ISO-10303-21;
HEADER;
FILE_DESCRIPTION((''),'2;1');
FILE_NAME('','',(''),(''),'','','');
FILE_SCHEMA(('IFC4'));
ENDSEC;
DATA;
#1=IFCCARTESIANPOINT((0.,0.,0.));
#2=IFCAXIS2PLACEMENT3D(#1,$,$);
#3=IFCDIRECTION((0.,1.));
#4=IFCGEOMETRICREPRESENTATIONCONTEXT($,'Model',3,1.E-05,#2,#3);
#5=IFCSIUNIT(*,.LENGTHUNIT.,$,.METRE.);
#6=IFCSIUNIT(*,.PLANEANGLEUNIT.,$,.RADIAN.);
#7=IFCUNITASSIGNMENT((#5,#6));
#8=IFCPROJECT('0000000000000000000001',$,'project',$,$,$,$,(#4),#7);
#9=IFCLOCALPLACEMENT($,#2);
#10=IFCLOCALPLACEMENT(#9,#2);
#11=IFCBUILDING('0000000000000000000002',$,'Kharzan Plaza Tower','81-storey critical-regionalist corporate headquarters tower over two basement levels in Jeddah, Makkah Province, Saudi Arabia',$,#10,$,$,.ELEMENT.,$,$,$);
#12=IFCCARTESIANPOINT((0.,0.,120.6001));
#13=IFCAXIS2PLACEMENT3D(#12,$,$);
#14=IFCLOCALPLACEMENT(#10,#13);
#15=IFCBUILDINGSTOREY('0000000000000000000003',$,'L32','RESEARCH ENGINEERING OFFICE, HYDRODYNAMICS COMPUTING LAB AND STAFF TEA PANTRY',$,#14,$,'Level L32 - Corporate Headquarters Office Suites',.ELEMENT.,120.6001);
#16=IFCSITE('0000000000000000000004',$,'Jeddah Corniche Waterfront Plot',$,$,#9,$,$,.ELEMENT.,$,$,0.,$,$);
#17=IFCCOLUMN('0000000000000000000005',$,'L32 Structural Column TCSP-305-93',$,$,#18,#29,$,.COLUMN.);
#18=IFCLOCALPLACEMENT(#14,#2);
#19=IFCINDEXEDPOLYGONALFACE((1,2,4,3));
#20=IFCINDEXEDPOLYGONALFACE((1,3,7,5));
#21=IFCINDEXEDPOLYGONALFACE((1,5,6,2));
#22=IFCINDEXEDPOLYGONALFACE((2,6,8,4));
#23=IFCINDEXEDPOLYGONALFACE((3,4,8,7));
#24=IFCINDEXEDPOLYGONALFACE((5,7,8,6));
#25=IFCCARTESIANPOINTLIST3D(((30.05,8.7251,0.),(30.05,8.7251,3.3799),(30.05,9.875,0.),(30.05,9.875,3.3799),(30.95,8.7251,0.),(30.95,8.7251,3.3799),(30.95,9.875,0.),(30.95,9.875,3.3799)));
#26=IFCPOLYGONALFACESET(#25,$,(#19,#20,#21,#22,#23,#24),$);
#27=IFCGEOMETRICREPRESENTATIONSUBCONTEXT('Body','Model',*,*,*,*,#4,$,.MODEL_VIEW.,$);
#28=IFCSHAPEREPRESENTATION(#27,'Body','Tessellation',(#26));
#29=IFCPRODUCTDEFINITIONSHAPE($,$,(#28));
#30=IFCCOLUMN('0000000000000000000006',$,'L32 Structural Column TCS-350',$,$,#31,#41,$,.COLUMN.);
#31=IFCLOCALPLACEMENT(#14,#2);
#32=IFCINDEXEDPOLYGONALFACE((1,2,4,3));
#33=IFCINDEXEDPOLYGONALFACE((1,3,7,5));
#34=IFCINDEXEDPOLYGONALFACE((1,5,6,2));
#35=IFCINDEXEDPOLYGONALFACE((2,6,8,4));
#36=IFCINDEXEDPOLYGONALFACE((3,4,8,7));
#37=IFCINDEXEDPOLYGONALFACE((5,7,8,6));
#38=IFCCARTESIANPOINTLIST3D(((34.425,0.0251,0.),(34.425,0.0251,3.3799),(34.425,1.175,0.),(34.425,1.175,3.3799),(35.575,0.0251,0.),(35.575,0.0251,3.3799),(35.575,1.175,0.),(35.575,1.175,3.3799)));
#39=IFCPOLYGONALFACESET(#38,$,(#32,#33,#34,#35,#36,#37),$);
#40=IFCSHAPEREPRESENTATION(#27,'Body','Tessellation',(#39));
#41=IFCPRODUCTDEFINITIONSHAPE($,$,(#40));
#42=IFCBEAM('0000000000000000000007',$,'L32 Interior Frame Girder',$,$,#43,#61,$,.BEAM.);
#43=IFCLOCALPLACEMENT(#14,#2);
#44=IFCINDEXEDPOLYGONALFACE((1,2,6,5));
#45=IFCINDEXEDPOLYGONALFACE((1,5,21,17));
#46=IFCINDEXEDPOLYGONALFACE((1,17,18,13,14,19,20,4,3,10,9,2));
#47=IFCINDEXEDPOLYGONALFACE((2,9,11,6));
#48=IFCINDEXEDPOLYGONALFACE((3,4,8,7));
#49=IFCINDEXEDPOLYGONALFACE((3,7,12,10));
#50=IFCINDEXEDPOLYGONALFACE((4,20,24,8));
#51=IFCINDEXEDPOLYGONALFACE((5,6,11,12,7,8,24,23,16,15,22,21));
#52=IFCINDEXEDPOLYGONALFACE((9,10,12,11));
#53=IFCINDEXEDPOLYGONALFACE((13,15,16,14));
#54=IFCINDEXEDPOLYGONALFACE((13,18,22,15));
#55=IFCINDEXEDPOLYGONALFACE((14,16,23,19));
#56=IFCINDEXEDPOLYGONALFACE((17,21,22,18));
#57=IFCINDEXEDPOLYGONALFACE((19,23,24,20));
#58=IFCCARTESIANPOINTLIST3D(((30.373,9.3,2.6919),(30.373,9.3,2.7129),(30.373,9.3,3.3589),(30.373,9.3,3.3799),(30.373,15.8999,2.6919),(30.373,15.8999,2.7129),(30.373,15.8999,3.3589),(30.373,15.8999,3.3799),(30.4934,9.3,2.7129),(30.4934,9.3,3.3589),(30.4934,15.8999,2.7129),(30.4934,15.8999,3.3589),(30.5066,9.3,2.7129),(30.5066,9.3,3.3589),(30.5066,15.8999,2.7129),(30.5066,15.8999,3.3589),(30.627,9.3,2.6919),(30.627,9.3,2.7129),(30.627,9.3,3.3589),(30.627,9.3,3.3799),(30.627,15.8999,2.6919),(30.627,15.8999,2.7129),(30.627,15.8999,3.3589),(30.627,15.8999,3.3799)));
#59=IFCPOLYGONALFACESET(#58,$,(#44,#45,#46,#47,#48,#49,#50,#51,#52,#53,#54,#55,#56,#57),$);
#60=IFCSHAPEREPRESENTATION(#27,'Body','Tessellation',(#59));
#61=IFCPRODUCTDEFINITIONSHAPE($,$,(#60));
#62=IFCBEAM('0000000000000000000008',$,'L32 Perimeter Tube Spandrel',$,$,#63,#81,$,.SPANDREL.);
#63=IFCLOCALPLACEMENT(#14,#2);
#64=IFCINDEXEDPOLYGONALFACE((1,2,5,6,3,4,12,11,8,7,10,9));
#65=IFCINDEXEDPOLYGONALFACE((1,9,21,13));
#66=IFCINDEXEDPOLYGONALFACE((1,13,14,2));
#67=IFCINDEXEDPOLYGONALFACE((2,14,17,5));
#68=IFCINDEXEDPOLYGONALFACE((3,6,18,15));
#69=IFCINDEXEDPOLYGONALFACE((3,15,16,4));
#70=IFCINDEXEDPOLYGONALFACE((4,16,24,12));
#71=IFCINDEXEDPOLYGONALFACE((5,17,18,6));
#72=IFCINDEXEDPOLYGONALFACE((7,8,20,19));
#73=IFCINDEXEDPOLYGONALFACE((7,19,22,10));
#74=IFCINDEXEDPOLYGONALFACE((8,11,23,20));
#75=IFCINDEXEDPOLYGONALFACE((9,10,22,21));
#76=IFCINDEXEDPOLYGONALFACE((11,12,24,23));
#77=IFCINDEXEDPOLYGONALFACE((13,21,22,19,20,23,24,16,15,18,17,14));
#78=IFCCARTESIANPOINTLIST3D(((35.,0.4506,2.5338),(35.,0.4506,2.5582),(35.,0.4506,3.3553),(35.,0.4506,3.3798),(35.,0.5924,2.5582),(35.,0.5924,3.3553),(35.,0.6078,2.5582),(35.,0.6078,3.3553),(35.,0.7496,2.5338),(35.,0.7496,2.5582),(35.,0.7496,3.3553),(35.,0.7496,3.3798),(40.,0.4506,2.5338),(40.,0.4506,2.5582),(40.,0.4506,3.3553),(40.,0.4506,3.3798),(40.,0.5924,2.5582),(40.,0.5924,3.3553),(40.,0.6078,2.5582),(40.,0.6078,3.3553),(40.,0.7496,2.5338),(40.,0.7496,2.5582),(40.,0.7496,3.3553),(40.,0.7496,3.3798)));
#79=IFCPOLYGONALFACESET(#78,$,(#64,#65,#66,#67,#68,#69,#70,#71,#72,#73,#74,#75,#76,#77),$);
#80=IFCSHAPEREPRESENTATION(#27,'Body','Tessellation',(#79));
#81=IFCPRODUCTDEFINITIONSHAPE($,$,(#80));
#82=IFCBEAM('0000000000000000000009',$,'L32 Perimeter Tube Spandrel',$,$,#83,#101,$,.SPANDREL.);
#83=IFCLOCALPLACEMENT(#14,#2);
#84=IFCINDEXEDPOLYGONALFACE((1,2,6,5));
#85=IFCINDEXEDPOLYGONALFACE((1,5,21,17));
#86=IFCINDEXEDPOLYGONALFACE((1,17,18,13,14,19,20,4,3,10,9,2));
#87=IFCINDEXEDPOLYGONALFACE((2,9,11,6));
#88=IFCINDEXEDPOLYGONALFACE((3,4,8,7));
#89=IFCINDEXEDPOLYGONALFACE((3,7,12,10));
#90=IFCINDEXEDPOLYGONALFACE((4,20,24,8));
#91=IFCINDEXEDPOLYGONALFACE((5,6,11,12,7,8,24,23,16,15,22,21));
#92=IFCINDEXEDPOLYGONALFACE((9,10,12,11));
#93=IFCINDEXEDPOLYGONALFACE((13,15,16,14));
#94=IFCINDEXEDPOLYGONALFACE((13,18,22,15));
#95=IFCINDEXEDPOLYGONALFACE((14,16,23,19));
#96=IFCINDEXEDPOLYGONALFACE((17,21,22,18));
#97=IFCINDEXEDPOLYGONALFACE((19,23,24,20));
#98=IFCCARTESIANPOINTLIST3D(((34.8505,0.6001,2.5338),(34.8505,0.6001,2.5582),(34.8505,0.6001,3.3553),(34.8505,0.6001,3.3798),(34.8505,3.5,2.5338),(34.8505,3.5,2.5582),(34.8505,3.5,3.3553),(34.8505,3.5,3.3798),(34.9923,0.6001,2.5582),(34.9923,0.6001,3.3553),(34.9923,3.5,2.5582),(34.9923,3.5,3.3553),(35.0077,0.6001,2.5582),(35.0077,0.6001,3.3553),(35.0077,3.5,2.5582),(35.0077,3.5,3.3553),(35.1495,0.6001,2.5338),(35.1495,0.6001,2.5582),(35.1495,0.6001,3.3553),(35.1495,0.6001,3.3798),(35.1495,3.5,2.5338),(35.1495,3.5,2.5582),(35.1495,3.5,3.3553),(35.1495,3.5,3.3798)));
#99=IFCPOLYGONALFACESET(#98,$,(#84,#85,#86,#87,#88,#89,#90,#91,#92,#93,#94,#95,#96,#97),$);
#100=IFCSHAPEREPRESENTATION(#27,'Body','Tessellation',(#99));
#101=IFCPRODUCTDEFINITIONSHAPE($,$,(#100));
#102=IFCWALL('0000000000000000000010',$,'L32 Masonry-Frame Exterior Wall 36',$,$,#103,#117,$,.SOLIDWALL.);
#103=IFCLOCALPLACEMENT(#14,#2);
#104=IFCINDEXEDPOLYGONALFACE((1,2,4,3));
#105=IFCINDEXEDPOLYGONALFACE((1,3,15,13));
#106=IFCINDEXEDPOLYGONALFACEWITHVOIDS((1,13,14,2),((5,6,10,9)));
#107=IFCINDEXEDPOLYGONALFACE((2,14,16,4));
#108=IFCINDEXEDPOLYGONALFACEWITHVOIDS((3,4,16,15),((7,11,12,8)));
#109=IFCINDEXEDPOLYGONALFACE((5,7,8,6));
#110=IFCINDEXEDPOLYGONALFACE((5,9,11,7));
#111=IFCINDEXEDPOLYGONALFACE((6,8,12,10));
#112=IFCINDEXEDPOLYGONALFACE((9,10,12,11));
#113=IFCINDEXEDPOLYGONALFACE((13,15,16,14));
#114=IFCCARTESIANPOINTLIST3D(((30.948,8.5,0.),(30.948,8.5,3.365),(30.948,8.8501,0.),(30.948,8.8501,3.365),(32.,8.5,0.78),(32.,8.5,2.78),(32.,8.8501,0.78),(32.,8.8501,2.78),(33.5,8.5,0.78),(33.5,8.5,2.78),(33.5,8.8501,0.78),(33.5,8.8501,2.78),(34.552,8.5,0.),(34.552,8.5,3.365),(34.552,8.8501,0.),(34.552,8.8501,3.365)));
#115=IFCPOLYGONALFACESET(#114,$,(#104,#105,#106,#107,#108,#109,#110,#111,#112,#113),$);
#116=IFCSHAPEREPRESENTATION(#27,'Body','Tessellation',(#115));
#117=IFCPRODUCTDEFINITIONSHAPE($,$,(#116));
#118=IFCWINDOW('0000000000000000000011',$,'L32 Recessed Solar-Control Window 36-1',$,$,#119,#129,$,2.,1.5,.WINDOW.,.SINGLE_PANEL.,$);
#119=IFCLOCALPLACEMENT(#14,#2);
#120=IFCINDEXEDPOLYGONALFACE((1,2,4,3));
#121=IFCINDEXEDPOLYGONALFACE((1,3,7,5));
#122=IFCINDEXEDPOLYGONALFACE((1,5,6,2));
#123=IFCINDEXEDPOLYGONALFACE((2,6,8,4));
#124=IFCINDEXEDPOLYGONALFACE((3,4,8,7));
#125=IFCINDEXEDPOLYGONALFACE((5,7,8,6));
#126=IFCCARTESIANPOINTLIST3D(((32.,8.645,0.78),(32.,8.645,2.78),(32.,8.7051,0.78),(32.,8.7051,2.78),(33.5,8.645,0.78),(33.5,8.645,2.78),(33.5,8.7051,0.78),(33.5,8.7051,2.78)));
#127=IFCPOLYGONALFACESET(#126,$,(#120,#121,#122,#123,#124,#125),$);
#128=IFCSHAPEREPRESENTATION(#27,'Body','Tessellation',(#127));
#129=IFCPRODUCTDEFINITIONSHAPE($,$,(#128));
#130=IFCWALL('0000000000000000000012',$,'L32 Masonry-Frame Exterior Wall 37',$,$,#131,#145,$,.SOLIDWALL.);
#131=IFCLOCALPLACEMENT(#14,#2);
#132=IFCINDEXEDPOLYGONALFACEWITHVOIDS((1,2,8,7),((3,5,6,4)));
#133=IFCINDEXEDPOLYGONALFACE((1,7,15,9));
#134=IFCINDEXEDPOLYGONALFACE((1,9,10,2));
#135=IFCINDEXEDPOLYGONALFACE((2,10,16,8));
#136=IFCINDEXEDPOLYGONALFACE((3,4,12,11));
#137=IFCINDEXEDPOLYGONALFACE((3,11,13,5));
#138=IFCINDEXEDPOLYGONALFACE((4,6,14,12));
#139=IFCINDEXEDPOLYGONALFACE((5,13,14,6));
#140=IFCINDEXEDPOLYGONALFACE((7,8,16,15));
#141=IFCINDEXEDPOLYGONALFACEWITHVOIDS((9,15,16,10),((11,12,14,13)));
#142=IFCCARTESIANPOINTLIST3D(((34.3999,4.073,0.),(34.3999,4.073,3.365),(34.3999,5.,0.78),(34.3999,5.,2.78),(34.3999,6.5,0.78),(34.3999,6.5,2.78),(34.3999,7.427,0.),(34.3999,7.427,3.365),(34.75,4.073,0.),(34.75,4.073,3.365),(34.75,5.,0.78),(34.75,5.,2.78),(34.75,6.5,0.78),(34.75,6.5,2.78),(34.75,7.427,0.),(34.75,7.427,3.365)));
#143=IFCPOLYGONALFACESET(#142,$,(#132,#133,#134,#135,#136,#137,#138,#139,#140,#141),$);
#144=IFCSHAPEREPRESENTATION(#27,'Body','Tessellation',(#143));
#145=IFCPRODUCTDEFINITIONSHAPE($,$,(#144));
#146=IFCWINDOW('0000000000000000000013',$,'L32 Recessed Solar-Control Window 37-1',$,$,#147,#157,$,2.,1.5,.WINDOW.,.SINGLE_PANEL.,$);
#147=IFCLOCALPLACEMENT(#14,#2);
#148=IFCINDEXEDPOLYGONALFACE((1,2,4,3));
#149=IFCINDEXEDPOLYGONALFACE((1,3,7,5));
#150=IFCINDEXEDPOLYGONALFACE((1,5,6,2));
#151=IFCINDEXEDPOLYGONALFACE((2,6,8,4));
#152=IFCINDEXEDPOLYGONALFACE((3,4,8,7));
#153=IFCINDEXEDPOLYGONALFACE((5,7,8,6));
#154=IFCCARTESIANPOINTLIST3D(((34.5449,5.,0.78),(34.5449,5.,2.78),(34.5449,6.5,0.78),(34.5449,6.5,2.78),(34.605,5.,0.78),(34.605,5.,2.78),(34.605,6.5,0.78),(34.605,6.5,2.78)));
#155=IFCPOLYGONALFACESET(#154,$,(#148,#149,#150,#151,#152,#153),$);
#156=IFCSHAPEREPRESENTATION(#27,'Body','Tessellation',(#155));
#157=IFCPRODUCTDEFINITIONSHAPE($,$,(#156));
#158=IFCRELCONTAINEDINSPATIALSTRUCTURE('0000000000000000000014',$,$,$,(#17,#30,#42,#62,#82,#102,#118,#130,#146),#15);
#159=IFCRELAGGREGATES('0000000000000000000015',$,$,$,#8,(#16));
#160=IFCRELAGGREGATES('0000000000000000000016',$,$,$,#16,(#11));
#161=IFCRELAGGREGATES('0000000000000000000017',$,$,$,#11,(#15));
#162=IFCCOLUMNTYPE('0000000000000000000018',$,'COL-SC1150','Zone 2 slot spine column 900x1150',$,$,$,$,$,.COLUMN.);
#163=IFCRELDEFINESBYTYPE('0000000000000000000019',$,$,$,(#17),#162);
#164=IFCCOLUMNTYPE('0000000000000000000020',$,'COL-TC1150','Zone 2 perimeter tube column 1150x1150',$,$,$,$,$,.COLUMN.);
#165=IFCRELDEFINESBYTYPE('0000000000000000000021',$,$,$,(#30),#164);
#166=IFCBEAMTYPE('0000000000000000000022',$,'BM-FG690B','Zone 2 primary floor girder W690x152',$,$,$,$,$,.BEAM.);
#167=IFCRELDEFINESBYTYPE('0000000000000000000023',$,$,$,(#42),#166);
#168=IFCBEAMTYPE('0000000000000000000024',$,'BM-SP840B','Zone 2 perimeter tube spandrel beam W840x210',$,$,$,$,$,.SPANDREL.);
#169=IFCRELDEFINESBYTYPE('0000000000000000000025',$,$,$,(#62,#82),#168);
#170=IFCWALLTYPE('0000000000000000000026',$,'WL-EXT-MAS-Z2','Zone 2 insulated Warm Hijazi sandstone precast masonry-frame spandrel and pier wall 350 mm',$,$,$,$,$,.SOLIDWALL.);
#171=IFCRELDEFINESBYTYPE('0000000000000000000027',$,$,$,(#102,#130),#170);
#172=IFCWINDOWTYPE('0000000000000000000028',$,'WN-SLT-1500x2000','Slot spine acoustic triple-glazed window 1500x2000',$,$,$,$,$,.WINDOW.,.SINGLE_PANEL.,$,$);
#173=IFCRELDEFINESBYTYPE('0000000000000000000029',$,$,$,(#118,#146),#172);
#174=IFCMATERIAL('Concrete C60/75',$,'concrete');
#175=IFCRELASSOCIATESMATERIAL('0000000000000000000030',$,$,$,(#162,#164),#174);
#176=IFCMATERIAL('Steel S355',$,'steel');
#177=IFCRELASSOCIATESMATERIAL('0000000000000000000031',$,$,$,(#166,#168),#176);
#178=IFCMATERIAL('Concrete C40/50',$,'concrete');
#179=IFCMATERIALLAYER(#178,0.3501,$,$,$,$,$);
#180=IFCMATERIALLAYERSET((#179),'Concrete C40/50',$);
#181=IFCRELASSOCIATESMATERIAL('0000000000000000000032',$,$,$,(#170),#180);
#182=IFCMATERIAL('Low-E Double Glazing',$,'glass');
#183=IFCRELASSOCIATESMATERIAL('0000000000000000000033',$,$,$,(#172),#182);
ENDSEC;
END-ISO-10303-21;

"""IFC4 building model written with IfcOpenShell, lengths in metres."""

from ifc_helpers import new_model, si_unit, direction, frame, frame_2d, origin, origin_2d, place, context, subcontext, project, spatial, rectangle, i_section, extrude, source, transform, mapped, material, layer, layer_set, material_profile, profile_set, type_object, element, fill, save


model = new_model("IFC4")

# Units and contexts
model_context = context("Model", 3, precision=1e-05, world=origin(), true_north=direction((0.0, 1.0)))
body_context = subcontext(model_context, "Body", "Model", "MODEL_VIEW")
ifc_project = project(units=[si_unit("LENGTHUNIT", "METRE"), si_unit("PLANEANGLEUNIT", "RADIAN")], contexts=[model_context])

# Site, building, storey
site_placement = place(None, origin())
site = spatial("IfcSite", under=ifc_project, at=site_placement, Name="Jeddah Corniche Waterfront Plot", CompositionType="ELEMENT", RefElevation=0.0)
building_placement = place(site_placement, origin())
building = spatial("IfcBuilding", under=site, at=building_placement, Name="Kharzan Plaza Tower", Description="81-storey critical-regionalist corporate headquarters tower over two basement levels in Jeddah, Makkah Province, Saudi Arabia", CompositionType="ELEMENT")
storey_placement = place(building_placement, frame((0.0, 0.0, 120.6001)))
storey = spatial("IfcBuildingStorey", under=building, at=storey_placement, Name="L32", Description="RESEARCH ENGINEERING OFFICE, HYDRODYNAMICS COMPUTING LAB AND STAFF TEA PANTRY", LongName="Level L32 - Corporate Headquarters Office Suites", CompositionType="ELEMENT", Elevation=120.6001)

# Columns
ifc_material_1 = material(Name="Concrete C60/75", Category="concrete")
ifc_material_profile_1 = material_profile(ifc_material_1, rectangle(XDim=0.8999, YDim=1.1499, at=origin_2d()), Name="RC-SC1150x900")
ifc_profile_set_1 = profile_set([ifc_material_profile_1], Name="Concrete C60/75")
column_type_1 = type_object("IfcColumnType", Name="COL-SC1150", Description="Zone 2 slot spine column 900x1150", PredefinedType="COLUMN", material=ifc_profile_set_1)
shared_shape_1 = source(origin(), body_context, "Body", "SweptSolid", [
    extrude(rectangle(XDim=0.8999, YDim=1.1499, at=origin_2d()), origin(), (0.0, 0.0, 1.0), 3.3799),
])
column_1_placement = place(storey_placement, frame((30.5, 9.3, 0.0), z_axis=(0.0, 0.0, 1.0), x_axis=(1.0, 0.0, 0.0)))
element("IfcColumn", 1, at=column_1_placement, inside=storey, type_object=column_type_1, Name="L32 Structural Column TCSP-305-93", PredefinedType="COLUMN", context=body_context, shape_type="MappedRepresentation", body=[
    mapped(shared_shape_1, transform((0.0, 0.0, 0.0), x_axis=(1.0, 0.0, 0.0), y_axis=(0.0, 1.0, 0.0), z_axis=(0.0, 0.0, 1.0))),
])
ifc_material_profile_2 = material_profile(ifc_material_1, rectangle(XDim=1.1499, YDim=1.1499, at=origin_2d()), Name="RC-TC1150x1150")
ifc_profile_set_2 = profile_set([ifc_material_profile_2], Name="Concrete C60/75")
column_type_2 = type_object("IfcColumnType", Name="COL-TC1150", Description="Zone 2 perimeter tube column 1150x1150", PredefinedType="COLUMN", material=ifc_profile_set_2)
shared_shape_2 = source(origin(), body_context, "Body", "SweptSolid", [
    extrude(rectangle(XDim=1.1499, YDim=1.1499, at=origin_2d()), origin(), (0.0, 0.0, 1.0), 3.3799),
])
column_2_placement = place(storey_placement, frame((35.0, 0.6001, 0.0), z_axis=(0.0, 0.0, 1.0), x_axis=(1.0, 0.0, 0.0)))
element("IfcColumn", 2, at=column_2_placement, inside=storey, type_object=column_type_2, Name="L32 Structural Column TCS-350", PredefinedType="COLUMN", context=body_context, shape_type="MappedRepresentation", body=[
    mapped(shared_shape_2, transform((0.0, 0.0, 0.0), x_axis=(1.0, 0.0, 0.0), y_axis=(0.0, 1.0, 0.0), z_axis=(0.0, 0.0, 1.0))),
])

# Beams
ifc_material_2 = material(Name="Steel S355", Category="steel")
ifc_material_profile_3 = material_profile(ifc_material_2, i_section(OverallWidth=0.2539, OverallDepth=0.688, WebThickness=0.0132, FlangeThickness=0.021, at=origin_2d()), Name="W690x152")
ifc_profile_set_3 = profile_set([ifc_material_profile_3], Name="Steel S355")
beam_type_1 = type_object("IfcBeamType", Name="BM-FG690B", Description="Zone 2 primary floor girder W690x152", PredefinedType="BEAM", material=ifc_profile_set_3)
shared_shape_3 = source(origin(), body_context, "Body", "SweptSolid", [
    extrude(i_section(OverallWidth=0.2539, OverallDepth=0.688, WebThickness=0.0132, FlangeThickness=0.021, at=origin_2d()), origin(), (0.0, 0.0, 1.0), 6.5999),
])
beam_1_placement = place(storey_placement, frame((30.5, 9.3, 3.0359), z_axis=(0.0, 1.0, 0.0), x_axis=(-1.0, 0.0, 0.0)))
element("IfcBeam", 3, at=beam_1_placement, inside=storey, type_object=beam_type_1, Name="L32 Interior Frame Girder", PredefinedType="BEAM", context=body_context, shape_type="MappedRepresentation", body=[
    mapped(shared_shape_3, transform((0.0, 0.0, 0.0), x_axis=(1.0, 0.0, 0.0), y_axis=(0.0, 1.0, 0.0), z_axis=(0.0, 0.0, 1.0))),
])
ifc_material_profile_4 = material_profile(ifc_material_2, i_section(OverallWidth=0.2991, OverallDepth=0.8459, WebThickness=0.0154, FlangeThickness=0.0244, at=origin_2d()), Name="W840x210")
ifc_profile_set_4 = profile_set([ifc_material_profile_4], Name="Steel S355")
beam_type_2 = type_object("IfcBeamType", Name="BM-SP840B", Description="Zone 2 perimeter tube spandrel beam W840x210", PredefinedType="SPANDREL", material=ifc_profile_set_4)
shared_shape_4 = source(origin(), body_context, "Body", "SweptSolid", [
    extrude(i_section(OverallWidth=0.2991, OverallDepth=0.8459, WebThickness=0.0154, FlangeThickness=0.0244, at=origin_2d()), origin(), (0.0, 0.0, 1.0), 5.0),
])
beam_2_placement = place(storey_placement, frame((35.0, 0.6001, 2.9568), z_axis=(1.0, 0.0, 0.0), x_axis=(0.0, 1.0, 0.0)))
element("IfcBeam", 4, at=beam_2_placement, inside=storey, type_object=beam_type_2, Name="L32 Perimeter Tube Spandrel", PredefinedType="SPANDREL", context=body_context, shape_type="MappedRepresentation", body=[
    mapped(shared_shape_4, transform((0.0, 0.0, 0.0), x_axis=(1.0, 0.0, 0.0), y_axis=(0.0, 1.0, 0.0), z_axis=(0.0, 0.0, 1.0))),
])
shared_shape_5 = source(origin(), body_context, "Body", "SweptSolid", [
    extrude(i_section(OverallWidth=0.2991, OverallDepth=0.8459, WebThickness=0.0154, FlangeThickness=0.0244, at=origin_2d()), origin(), (0.0, 0.0, 1.0), 2.8999),
])
beam_3_placement = place(storey_placement, frame((35.0, 0.6001, 2.9568), z_axis=(0.0, 1.0, 0.0), x_axis=(-1.0, 0.0, 0.0)))
element("IfcBeam", 5, at=beam_3_placement, inside=storey, type_object=beam_type_2, Name="L32 Perimeter Tube Spandrel", PredefinedType="SPANDREL", context=body_context, shape_type="MappedRepresentation", body=[
    mapped(shared_shape_5, transform((0.0, 0.0, 0.0), x_axis=(1.0, 0.0, 0.0), y_axis=(0.0, 1.0, 0.0), z_axis=(0.0, 0.0, 1.0))),
])

# Walls, openings, windows
ifc_material_3 = material(Name="Concrete C40/50", Category="concrete")
ifc_layer_1 = layer(ifc_material_3, 0.3501)
ifc_layer_set_1 = layer_set([ifc_layer_1], Name="Concrete C40/50")
wall_type_1 = type_object("IfcWallType", Name="WL-EXT-MAS-Z2", Description="Zone 2 insulated Warm Hijazi sandstone precast masonry-frame spandrel and pier wall 350 mm", PredefinedType="SOLIDWALL", material=ifc_layer_set_1)
wall_1_placement = place(storey_placement, frame((30.948, 8.675, 0.0), z_axis=(0.0, 0.0, 1.0), x_axis=(1.0, 0.0, 0.0)))
wall_1 = element("IfcWall", 6, at=wall_1_placement, inside=storey, type_object=wall_type_1, Name="L32 Masonry-Frame Exterior Wall 36", PredefinedType="SOLIDWALL", context=body_context, shape_type="SweptSolid", body=[
    extrude(rectangle(XDim=3.604, YDim=0.3501, at=frame_2d((1.802, 0.0))), origin(), (0.0, 0.0, 1.0), 3.365),
])
opening_1_placement = place(wall_1_placement, frame((1.052, 0.0, 0.78)))
opening_1 = element("IfcOpeningElement", 7, at=opening_1_placement, cuts=wall_1, PredefinedType="OPENING", context=body_context, shape_type="SweptSolid", body=[
    extrude(rectangle(XDim=1.5, YDim=2.0, at=frame_2d((0.75, 1.0))), frame((0.0, 0.1851, 0.0), z_axis=(0.0, -1.0, 0.0), x_axis=(1.0, 0.0, 0.0)), (0.0, 0.0, 1.0), 0.3701),
])
ifc_material_4 = material(Name="Low-E Double Glazing", Category="glass")
window_type = type_object("IfcWindowType", Name="WN-SLT-1500x2000", Description="Slot spine acoustic triple-glazed window 1500x2000", PartitioningType="SINGLE_PANEL", PredefinedType="WINDOW", material=ifc_material_4)
shared_shape_6 = source(origin(), body_context, "Body", "SweptSolid", [
    extrude(rectangle(XDim=1.5, YDim=2.0, at=frame_2d((0.75, 1.0))), frame((0.0, 0.03, 0.0), z_axis=(0.0, -1.0, 0.0), x_axis=(1.0, 0.0, 0.0)), (0.0, 0.0, 1.0), 0.0601),
])
window_1_placement = place(opening_1_placement, origin())
window_1 = element("IfcWindow", 8, at=window_1_placement, inside=storey, type_object=window_type, Name="L32 Recessed Solar-Control Window 36-1", OverallHeight=2.0, OverallWidth=1.5, PartitioningType="SINGLE_PANEL", PredefinedType="WINDOW", context=body_context, shape_type="MappedRepresentation", body=[
    mapped(shared_shape_6, transform((0.0, 0.0, 0.0), x_axis=(1.0, 0.0, 0.0), y_axis=(0.0, 1.0, 0.0), z_axis=(0.0, 0.0, 1.0))),
])
fill(opening_1, window_1)
wall_2_placement = place(storey_placement, frame((34.575, 7.427, 0.0), z_axis=(0.0, 0.0, 1.0), x_axis=(0.0, -1.0, 0.0)))
wall_2 = element("IfcWall", 9, at=wall_2_placement, inside=storey, type_object=wall_type_1, Name="L32 Masonry-Frame Exterior Wall 37", PredefinedType="SOLIDWALL", context=body_context, shape_type="SweptSolid", body=[
    extrude(rectangle(XDim=3.354, YDim=0.3501, at=frame_2d((1.677, 0.0))), origin(), (0.0, 0.0, 1.0), 3.365),
])
opening_2_placement = place(wall_2_placement, frame((0.927, 0.0, 0.78)))
opening_2 = element("IfcOpeningElement", 10, at=opening_2_placement, cuts=wall_2, PredefinedType="OPENING", context=body_context, shape_type="SweptSolid", body=[
    extrude(rectangle(XDim=1.5, YDim=2.0, at=frame_2d((0.75, 1.0))), frame((0.0, 0.1851, 0.0), z_axis=(0.0, -1.0, 0.0), x_axis=(1.0, 0.0, 0.0)), (0.0, 0.0, 1.0), 0.3701),
])
window_2_placement = place(opening_2_placement, origin())
window_2 = element("IfcWindow", 11, at=window_2_placement, inside=storey, type_object=window_type, Name="L32 Recessed Solar-Control Window 37-1", OverallHeight=2.0, OverallWidth=1.5, PartitioningType="SINGLE_PANEL", PredefinedType="WINDOW", context=body_context, shape_type="MappedRepresentation", body=[
    mapped(shared_shape_6, transform((0.0, 0.0, 0.0), x_axis=(1.0, 0.0, 0.0), y_axis=(0.0, 1.0, 0.0), z_axis=(0.0, 0.0, 1.0))),
])
fill(opening_2, window_2)

save(model, "model.ifc")
